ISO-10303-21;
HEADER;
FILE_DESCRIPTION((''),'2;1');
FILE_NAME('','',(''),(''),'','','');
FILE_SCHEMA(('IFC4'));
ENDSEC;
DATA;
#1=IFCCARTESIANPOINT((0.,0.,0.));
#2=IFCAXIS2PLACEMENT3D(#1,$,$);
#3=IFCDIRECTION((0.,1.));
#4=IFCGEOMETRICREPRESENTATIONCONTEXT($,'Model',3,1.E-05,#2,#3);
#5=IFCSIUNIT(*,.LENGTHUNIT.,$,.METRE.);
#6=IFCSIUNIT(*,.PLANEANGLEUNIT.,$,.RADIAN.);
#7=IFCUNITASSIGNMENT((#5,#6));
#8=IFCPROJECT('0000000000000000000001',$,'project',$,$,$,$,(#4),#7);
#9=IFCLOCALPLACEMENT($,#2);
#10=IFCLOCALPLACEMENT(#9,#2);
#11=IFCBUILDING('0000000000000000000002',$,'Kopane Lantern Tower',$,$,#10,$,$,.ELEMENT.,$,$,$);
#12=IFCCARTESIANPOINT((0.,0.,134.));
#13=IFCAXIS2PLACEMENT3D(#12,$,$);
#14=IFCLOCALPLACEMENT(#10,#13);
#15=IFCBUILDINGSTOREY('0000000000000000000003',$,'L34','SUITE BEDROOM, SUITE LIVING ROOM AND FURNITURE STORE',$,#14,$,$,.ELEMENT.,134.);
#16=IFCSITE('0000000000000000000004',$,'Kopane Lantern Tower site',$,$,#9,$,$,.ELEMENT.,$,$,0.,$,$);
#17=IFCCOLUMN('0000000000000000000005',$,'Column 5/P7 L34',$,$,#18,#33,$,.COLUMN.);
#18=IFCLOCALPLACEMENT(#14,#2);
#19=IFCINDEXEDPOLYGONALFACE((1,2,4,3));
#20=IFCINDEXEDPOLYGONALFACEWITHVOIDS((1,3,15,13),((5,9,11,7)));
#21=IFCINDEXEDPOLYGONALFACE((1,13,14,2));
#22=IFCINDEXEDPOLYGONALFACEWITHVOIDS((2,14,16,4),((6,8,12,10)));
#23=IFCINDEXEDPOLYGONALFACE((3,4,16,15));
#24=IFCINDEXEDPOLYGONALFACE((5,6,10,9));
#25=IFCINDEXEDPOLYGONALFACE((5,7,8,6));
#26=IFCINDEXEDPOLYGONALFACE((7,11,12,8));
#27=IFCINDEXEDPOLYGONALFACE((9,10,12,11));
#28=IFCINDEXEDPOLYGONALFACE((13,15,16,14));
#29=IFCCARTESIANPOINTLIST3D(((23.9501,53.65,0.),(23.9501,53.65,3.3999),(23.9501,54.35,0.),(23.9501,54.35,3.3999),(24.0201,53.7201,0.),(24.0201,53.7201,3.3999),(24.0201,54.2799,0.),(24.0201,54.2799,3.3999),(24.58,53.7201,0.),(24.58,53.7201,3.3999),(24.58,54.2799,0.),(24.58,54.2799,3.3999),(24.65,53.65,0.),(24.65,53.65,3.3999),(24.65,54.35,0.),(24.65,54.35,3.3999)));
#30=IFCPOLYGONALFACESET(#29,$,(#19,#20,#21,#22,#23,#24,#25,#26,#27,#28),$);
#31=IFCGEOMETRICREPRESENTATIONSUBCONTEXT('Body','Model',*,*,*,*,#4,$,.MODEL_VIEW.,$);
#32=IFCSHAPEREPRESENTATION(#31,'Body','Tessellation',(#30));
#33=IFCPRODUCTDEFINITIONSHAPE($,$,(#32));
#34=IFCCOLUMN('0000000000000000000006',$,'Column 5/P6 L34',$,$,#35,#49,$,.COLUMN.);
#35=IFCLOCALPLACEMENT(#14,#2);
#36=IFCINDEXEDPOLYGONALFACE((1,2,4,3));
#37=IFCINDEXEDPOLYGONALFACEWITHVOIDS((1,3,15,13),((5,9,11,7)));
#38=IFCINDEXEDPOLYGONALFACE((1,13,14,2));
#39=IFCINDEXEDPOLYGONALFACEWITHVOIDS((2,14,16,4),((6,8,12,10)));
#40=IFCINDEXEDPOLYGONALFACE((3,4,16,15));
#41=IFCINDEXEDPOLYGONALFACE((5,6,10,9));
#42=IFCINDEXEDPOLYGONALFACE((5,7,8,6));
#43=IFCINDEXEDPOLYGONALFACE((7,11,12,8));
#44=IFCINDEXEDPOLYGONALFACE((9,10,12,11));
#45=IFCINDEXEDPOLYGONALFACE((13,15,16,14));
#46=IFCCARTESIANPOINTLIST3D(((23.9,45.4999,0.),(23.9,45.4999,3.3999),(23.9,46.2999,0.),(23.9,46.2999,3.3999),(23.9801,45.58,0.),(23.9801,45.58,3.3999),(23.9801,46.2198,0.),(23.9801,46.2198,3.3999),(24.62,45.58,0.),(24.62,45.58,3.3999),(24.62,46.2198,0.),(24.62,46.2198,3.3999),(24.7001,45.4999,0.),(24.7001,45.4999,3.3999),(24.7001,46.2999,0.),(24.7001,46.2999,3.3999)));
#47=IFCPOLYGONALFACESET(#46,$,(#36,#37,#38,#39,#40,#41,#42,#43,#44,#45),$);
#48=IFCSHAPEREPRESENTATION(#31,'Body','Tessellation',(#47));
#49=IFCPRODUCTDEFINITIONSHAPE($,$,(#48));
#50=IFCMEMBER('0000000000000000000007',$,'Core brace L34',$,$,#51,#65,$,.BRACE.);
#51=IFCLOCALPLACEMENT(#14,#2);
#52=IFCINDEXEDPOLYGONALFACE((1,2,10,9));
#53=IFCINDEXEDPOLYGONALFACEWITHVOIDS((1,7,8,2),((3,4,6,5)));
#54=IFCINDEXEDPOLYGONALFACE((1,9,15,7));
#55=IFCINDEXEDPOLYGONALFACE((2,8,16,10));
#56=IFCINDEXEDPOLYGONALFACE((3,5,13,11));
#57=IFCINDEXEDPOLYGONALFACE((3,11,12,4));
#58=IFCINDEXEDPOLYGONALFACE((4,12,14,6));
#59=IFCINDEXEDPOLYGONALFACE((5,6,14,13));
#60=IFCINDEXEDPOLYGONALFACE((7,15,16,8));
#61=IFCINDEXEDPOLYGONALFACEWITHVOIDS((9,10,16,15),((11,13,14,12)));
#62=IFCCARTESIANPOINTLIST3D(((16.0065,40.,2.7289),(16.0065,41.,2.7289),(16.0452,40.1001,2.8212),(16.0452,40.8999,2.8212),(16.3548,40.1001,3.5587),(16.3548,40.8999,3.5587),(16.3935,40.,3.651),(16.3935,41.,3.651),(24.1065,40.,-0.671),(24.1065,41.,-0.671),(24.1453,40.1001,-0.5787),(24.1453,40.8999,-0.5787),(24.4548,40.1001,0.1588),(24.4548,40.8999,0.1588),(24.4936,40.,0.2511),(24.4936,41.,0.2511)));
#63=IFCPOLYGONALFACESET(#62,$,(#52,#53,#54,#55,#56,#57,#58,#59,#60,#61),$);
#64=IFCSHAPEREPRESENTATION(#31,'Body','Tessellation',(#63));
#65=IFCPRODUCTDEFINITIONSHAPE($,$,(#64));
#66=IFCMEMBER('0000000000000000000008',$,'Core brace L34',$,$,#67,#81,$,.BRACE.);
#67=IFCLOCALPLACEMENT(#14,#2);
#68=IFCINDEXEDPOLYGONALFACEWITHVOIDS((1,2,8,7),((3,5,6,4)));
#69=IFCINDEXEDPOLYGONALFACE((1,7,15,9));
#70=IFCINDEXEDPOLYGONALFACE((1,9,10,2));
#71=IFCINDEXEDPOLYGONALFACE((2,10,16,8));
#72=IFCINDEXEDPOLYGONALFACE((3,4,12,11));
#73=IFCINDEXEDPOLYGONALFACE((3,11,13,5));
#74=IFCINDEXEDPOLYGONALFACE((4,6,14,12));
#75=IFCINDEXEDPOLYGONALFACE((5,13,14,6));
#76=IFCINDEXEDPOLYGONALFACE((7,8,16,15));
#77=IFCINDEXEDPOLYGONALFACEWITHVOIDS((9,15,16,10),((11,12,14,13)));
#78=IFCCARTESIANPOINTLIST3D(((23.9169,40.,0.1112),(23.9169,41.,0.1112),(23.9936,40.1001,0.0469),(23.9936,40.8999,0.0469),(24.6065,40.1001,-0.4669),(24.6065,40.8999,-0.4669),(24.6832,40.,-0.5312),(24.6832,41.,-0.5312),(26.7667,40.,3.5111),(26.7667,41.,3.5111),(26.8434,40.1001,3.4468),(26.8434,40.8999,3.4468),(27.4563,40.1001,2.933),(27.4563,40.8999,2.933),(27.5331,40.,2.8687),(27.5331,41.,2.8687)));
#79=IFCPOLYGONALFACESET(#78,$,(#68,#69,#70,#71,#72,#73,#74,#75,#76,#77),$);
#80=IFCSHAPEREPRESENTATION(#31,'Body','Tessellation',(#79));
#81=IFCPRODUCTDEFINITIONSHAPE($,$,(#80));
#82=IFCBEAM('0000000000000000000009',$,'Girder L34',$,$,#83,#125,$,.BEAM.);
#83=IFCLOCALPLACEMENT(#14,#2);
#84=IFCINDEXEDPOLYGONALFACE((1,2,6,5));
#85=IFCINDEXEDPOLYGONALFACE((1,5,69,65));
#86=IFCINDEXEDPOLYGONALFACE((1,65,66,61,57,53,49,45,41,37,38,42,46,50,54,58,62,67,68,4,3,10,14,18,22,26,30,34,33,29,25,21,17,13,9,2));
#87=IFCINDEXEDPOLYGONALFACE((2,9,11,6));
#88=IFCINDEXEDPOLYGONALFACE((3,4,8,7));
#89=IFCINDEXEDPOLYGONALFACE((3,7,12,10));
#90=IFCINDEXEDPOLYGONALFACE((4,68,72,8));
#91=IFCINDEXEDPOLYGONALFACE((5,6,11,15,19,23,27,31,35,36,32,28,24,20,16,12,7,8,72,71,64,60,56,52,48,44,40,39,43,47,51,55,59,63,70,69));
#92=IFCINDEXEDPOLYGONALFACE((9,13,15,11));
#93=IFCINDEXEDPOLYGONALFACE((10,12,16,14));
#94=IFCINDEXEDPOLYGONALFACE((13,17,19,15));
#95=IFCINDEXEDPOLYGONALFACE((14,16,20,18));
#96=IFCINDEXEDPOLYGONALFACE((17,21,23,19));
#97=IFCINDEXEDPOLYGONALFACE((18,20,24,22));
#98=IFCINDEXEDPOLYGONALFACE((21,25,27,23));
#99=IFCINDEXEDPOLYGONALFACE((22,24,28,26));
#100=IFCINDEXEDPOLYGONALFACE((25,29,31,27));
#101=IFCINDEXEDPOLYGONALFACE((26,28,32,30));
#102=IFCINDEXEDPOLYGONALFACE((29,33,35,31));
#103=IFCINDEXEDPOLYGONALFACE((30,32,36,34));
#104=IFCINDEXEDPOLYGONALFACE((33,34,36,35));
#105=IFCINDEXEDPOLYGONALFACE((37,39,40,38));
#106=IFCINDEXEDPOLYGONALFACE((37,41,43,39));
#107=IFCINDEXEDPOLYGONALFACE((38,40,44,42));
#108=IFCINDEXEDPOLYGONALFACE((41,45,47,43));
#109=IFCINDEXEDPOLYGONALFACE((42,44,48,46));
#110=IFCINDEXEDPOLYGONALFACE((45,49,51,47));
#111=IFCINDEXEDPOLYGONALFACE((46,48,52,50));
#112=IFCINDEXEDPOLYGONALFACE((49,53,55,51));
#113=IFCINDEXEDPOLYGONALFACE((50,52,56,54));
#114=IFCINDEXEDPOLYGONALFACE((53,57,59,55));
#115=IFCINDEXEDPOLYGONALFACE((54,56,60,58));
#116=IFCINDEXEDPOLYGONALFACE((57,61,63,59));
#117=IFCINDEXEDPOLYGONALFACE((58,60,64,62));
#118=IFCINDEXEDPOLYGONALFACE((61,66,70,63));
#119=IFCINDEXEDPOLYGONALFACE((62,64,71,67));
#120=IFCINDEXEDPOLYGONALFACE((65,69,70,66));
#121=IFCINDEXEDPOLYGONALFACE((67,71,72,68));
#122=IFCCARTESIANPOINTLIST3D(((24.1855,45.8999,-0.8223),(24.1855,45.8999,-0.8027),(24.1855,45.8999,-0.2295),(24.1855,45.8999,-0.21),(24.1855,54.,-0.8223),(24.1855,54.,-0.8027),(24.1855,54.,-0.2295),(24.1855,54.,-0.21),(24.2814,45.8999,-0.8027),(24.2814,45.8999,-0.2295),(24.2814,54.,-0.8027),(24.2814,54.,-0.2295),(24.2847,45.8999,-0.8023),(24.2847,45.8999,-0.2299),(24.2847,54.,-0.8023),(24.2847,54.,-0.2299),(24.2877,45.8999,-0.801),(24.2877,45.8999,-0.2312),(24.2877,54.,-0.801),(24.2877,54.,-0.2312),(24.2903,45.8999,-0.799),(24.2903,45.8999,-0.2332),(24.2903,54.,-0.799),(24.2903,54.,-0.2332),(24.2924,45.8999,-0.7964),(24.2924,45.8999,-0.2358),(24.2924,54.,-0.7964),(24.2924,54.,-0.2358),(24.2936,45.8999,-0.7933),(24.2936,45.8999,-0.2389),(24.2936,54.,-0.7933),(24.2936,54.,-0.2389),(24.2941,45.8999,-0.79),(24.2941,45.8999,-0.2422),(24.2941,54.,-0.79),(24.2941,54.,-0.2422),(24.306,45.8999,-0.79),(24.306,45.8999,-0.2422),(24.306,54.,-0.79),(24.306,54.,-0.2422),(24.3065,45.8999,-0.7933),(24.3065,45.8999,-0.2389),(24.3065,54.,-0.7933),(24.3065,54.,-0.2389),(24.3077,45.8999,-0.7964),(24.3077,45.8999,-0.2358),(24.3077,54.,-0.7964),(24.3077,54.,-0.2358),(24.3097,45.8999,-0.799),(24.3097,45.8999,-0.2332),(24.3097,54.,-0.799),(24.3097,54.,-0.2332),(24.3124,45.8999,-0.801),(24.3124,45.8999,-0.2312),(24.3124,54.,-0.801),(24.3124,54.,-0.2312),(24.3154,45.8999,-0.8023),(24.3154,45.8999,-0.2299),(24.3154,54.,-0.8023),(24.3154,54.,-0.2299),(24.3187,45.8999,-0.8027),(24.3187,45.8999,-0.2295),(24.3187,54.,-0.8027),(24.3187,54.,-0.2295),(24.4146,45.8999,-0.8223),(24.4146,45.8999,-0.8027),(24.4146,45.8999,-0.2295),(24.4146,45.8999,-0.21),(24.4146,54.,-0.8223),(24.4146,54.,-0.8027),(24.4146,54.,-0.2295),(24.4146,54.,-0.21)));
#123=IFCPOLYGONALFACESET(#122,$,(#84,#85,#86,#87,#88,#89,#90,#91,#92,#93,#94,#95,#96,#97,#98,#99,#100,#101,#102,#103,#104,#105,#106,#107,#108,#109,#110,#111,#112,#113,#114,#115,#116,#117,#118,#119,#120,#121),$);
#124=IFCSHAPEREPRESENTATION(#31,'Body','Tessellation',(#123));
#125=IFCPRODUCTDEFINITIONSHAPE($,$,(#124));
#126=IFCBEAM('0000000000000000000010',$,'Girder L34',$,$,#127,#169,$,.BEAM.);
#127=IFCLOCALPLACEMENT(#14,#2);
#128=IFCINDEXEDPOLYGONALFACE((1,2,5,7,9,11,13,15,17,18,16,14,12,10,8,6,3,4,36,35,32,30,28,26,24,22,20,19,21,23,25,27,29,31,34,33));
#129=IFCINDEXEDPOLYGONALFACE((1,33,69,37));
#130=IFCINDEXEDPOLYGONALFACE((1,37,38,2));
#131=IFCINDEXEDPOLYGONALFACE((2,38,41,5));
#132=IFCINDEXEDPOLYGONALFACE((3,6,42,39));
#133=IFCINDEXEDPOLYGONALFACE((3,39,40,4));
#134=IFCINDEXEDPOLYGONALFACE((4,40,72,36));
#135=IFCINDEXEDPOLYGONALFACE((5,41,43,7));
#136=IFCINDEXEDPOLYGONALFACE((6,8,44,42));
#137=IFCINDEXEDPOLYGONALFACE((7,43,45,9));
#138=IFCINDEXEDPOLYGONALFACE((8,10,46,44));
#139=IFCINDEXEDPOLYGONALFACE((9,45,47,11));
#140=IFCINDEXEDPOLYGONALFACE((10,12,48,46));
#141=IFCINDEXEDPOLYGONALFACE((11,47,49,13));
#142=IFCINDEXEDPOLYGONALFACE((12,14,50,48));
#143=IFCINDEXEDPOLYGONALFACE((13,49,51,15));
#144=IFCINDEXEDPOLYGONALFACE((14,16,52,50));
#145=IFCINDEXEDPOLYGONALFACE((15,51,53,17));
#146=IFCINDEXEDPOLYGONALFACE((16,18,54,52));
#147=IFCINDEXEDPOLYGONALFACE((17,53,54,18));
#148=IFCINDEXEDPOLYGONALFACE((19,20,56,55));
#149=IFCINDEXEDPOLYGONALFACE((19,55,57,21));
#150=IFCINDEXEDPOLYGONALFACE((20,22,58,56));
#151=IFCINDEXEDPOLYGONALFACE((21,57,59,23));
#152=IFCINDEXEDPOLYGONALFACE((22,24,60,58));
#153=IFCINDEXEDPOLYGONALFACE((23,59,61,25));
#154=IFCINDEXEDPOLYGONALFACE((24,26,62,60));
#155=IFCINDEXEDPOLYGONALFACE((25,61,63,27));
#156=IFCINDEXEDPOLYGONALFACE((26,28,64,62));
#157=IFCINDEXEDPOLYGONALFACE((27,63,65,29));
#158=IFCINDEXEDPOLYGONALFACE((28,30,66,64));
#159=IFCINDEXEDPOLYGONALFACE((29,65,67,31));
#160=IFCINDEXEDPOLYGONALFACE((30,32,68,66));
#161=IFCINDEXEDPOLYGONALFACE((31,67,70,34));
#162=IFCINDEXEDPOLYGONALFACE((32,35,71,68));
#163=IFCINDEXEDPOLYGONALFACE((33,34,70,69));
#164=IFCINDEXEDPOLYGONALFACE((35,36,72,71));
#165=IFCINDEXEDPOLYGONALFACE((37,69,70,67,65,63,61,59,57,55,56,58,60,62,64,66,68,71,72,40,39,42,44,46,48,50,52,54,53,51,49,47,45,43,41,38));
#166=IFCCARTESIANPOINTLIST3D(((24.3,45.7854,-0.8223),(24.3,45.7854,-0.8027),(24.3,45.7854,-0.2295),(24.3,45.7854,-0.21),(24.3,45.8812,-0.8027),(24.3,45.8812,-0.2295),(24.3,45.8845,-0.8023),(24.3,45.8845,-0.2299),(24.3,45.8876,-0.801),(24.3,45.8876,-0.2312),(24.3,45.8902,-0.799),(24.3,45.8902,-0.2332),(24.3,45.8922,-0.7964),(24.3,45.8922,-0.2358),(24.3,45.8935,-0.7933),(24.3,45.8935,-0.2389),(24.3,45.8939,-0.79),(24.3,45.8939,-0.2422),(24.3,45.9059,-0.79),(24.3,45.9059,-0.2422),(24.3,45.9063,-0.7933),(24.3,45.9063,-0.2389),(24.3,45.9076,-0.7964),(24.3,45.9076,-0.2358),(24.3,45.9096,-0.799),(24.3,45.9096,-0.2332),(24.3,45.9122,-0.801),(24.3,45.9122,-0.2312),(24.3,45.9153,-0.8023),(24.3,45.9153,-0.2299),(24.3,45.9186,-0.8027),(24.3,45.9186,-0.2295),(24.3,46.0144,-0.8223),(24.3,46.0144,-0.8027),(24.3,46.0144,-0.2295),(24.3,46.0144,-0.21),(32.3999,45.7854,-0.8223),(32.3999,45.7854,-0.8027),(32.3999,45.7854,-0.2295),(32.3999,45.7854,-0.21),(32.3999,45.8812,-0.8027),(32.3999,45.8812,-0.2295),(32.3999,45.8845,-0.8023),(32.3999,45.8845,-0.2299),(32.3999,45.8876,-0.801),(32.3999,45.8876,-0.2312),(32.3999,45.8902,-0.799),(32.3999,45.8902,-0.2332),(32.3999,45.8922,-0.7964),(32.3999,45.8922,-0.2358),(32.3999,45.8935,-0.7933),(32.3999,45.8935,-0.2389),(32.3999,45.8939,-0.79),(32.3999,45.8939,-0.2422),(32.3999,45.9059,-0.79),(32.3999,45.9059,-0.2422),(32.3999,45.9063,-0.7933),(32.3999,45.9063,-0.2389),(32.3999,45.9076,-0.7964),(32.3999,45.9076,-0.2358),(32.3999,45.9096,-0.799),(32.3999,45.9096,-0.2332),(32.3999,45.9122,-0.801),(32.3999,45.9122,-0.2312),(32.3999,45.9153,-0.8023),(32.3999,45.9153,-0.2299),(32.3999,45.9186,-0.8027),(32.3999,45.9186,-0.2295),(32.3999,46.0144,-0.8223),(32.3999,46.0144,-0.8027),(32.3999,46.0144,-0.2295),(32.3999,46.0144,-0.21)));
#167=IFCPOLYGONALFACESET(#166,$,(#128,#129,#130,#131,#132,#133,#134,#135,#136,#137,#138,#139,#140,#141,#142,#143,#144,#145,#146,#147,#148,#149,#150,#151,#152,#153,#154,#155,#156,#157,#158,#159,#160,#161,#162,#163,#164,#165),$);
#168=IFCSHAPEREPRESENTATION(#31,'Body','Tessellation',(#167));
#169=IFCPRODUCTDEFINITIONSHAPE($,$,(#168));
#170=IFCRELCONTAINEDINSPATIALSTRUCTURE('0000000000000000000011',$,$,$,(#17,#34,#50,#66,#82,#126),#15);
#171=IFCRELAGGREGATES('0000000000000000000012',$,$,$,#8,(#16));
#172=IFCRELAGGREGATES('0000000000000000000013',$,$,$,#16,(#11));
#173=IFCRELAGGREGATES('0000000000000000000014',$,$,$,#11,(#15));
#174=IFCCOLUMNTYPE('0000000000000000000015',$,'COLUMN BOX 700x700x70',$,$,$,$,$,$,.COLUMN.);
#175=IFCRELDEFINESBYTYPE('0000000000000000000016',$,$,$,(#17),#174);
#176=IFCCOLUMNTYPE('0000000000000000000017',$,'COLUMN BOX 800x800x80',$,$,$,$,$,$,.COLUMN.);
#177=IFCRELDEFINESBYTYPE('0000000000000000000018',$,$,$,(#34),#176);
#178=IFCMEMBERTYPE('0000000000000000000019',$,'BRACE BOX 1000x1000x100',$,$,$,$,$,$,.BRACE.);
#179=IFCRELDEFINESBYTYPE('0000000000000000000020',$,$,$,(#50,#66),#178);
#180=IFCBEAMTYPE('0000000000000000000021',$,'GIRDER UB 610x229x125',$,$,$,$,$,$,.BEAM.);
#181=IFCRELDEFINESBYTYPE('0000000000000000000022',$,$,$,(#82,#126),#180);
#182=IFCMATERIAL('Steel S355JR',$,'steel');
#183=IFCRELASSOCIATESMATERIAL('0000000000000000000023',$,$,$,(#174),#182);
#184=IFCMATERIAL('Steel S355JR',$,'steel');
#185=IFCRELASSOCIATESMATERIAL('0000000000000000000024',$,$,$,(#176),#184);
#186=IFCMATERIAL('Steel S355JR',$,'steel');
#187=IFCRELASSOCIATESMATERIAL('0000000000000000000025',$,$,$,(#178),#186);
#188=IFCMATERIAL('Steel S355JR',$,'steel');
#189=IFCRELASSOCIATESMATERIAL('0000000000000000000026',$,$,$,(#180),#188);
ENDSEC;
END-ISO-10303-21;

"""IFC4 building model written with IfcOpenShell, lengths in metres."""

from ifc_helpers import new_model, si_unit, direction, frame, origin, origin_2d, place, context, subcontext, project, spatial, hollow_rectangle, i_section, extrude, material, material_profile, profile_set, type_object, element, save


model = new_model("IFC4")

# Units and contexts
model_context = context("Model", 3, precision=1e-05, world=origin(), true_north=direction((0.0, 1.0)))
body_context = subcontext(model_context, "Body", "Model", "MODEL_VIEW")
ifc_project = project(units=[si_unit("LENGTHUNIT", "METRE"), si_unit("PLANEANGLEUNIT", "RADIAN")], contexts=[model_context])

# Site, building, storey
site_placement = place(None, origin())
site = spatial("IfcSite", under=ifc_project, at=site_placement, Name="Kopane Lantern Tower site", CompositionType="ELEMENT", RefElevation=0.0)
building_placement = place(site_placement, origin())
building = spatial("IfcBuilding", under=site, at=building_placement, Name="Kopane Lantern Tower", CompositionType="ELEMENT")
storey_placement = place(building_placement, frame((0.0, 0.0, 134.0)))
storey = spatial("IfcBuildingStorey", under=building, at=storey_placement, Name="L34", Description="SUITE BEDROOM, SUITE LIVING ROOM AND FURNITURE STORE", CompositionType="ELEMENT", Elevation=134.0)

# Columns
ifc_material_1 = material(Name="Steel S355JR", Category="steel")
ifc_material_profile_1 = material_profile(ifc_material_1, hollow_rectangle(XDim=0.7, YDim=0.7, WallThickness=0.0701, at=origin_2d()), Name="BOX 700x700x70")
ifc_profile_set_1 = profile_set([ifc_material_profile_1], Name="Steel S355JR")
column_type_1 = type_object("IfcColumnType", Name="COLUMN BOX 700x700x70", PredefinedType="COLUMN", material=ifc_profile_set_1)
column_1_placement = place(storey_placement, frame((24.3, 54.0, 0.0), z_axis=(0.0, 0.0, 1.0), x_axis=(1.0, 0.0, 0.0)))
element("IfcColumn", 1, at=column_1_placement, inside=storey, type_object=column_type_1, Name="Column 5/P7 L34", PredefinedType="COLUMN", context=body_context, shape_type="SweptSolid", body=[
    extrude(hollow_rectangle(XDim=0.7, YDim=0.7, WallThickness=0.0701, at=origin_2d()), origin(), (0.0, 0.0, 1.0), 3.3999),
])
ifc_material_2 = material(Name="Steel S355JR", Category="steel")
ifc_material_profile_2 = material_profile(ifc_material_2, hollow_rectangle(XDim=0.8, YDim=0.8, WallThickness=0.0801, at=origin_2d()), Name="BOX 800x800x80")
ifc_profile_set_2 = profile_set([ifc_material_profile_2], Name="Steel S355JR")
column_type_2 = type_object("IfcColumnType", Name="COLUMN BOX 800x800x80", PredefinedType="COLUMN", material=ifc_profile_set_2)
column_2_placement = place(storey_placement, frame((24.3, 45.8999, 0.0), z_axis=(0.0, 0.0, 1.0), x_axis=(1.0, 0.0, 0.0)))
element("IfcColumn", 2, at=column_2_placement, inside=storey, type_object=column_type_2, Name="Column 5/P6 L34", PredefinedType="COLUMN", context=body_context, shape_type="SweptSolid", body=[
    extrude(hollow_rectangle(XDim=0.8, YDim=0.8, WallThickness=0.0801, at=origin_2d()), origin(), (0.0, 0.0, 1.0), 3.3999),
])

# Members
ifc_material_3 = material(Name="Steel S355JR", Category="steel")
ifc_material_profile_3 = material_profile(ifc_material_3, hollow_rectangle(XDim=1.0, YDim=1.0, WallThickness=0.1001, at=origin_2d()), Name="BOX 1000x1000x100")
ifc_profile_set_3 = profile_set([ifc_material_profile_3], Name="Steel S355JR")
member_type = type_object("IfcMemberType", Name="BRACE BOX 1000x1000x100", PredefinedType="BRACE", material=ifc_profile_set_3)
member_1_placement = place(storey_placement, frame((24.3, 40.5, -0.21), z_axis=(-0.922069, 0.0, 0.387026), x_axis=(0.0, -1.0, 0.0)))
element("IfcMember", 3, at=member_1_placement, inside=storey, type_object=member_type, Name="Core brace L34", PredefinedType="BRACE", context=body_context, shape_type="SweptSolid", body=[
    extrude(hollow_rectangle(XDim=1.0, YDim=1.0, WallThickness=0.1001, at=origin_2d()), origin(), (0.0, 0.0, 1.0), 8.7847),
])
member_2_placement = place(storey_placement, frame((24.3, 40.5, -0.21), z_axis=(0.64239, 0.0, 0.766378), x_axis=(0.0, 1.0, 0.0)))
element("IfcMember", 4, at=member_2_placement, inside=storey, type_object=member_type, Name="Core brace L34", PredefinedType="BRACE", context=body_context, shape_type="SweptSolid", body=[
    extrude(hollow_rectangle(XDim=1.0, YDim=1.0, WallThickness=0.1001, at=origin_2d()), origin(), (0.0, 0.0, 1.0), 4.4363),
])

# Beams
ifc_material_4 = material(Name="Steel S355JR", Category="steel")
ifc_material_profile_4 = material_profile(ifc_material_4, i_section(OverallWidth=0.229, OverallDepth=0.6123, WebThickness=0.012, FlangeThickness=0.0195, FilletRadius=0.0127, at=origin_2d()), Name="UB 610x229x125")
ifc_profile_set_4 = profile_set([ifc_material_profile_4], Name="Steel S355JR")
beam_type_1 = type_object("IfcBeamType", Name="GIRDER UB 610x229x125", PredefinedType="BEAM", material=ifc_profile_set_4)
beam_1_placement = place(storey_placement, frame((24.3, 45.8999, -0.5161), z_axis=(0.0, 1.0, 0.0), x_axis=(-1.0, 0.0, 0.0)))
element("IfcBeam", 5, at=beam_1_placement, inside=storey, type_object=beam_type_1, Name="Girder L34", PredefinedType="BEAM", context=body_context, shape_type="SweptSolid", body=[
    extrude(i_section(OverallWidth=0.229, OverallDepth=0.6123, WebThickness=0.012, FlangeThickness=0.0195, FilletRadius=0.0127, at=origin_2d()), origin(), (0.0, 0.0, 1.0), 8.1001),
])
for number, where, z_axis, x_axis, name in (
    (6, (24.3, 45.8999, -0.5161), (1.0, 0.0, 0.0), (0.0, 1.0, 0.0), "Girder L34"),
):
    element("IfcBeam", number, at=place(storey_placement, frame(where, z_axis=z_axis, x_axis=x_axis)), inside=storey, type_object=beam_type_1, Name=name, PredefinedType="BEAM", context=body_context, shape_type="SweptSolid", body=[
        extrude(i_section(OverallWidth=0.229, OverallDepth=0.6123, WebThickness=0.012, FlangeThickness=0.0195, FilletRadius=0.0127, at=origin_2d()), origin(), (0.0, 0.0, 1.0), 8.0999),
    ])

save(model, "model.ifc")
